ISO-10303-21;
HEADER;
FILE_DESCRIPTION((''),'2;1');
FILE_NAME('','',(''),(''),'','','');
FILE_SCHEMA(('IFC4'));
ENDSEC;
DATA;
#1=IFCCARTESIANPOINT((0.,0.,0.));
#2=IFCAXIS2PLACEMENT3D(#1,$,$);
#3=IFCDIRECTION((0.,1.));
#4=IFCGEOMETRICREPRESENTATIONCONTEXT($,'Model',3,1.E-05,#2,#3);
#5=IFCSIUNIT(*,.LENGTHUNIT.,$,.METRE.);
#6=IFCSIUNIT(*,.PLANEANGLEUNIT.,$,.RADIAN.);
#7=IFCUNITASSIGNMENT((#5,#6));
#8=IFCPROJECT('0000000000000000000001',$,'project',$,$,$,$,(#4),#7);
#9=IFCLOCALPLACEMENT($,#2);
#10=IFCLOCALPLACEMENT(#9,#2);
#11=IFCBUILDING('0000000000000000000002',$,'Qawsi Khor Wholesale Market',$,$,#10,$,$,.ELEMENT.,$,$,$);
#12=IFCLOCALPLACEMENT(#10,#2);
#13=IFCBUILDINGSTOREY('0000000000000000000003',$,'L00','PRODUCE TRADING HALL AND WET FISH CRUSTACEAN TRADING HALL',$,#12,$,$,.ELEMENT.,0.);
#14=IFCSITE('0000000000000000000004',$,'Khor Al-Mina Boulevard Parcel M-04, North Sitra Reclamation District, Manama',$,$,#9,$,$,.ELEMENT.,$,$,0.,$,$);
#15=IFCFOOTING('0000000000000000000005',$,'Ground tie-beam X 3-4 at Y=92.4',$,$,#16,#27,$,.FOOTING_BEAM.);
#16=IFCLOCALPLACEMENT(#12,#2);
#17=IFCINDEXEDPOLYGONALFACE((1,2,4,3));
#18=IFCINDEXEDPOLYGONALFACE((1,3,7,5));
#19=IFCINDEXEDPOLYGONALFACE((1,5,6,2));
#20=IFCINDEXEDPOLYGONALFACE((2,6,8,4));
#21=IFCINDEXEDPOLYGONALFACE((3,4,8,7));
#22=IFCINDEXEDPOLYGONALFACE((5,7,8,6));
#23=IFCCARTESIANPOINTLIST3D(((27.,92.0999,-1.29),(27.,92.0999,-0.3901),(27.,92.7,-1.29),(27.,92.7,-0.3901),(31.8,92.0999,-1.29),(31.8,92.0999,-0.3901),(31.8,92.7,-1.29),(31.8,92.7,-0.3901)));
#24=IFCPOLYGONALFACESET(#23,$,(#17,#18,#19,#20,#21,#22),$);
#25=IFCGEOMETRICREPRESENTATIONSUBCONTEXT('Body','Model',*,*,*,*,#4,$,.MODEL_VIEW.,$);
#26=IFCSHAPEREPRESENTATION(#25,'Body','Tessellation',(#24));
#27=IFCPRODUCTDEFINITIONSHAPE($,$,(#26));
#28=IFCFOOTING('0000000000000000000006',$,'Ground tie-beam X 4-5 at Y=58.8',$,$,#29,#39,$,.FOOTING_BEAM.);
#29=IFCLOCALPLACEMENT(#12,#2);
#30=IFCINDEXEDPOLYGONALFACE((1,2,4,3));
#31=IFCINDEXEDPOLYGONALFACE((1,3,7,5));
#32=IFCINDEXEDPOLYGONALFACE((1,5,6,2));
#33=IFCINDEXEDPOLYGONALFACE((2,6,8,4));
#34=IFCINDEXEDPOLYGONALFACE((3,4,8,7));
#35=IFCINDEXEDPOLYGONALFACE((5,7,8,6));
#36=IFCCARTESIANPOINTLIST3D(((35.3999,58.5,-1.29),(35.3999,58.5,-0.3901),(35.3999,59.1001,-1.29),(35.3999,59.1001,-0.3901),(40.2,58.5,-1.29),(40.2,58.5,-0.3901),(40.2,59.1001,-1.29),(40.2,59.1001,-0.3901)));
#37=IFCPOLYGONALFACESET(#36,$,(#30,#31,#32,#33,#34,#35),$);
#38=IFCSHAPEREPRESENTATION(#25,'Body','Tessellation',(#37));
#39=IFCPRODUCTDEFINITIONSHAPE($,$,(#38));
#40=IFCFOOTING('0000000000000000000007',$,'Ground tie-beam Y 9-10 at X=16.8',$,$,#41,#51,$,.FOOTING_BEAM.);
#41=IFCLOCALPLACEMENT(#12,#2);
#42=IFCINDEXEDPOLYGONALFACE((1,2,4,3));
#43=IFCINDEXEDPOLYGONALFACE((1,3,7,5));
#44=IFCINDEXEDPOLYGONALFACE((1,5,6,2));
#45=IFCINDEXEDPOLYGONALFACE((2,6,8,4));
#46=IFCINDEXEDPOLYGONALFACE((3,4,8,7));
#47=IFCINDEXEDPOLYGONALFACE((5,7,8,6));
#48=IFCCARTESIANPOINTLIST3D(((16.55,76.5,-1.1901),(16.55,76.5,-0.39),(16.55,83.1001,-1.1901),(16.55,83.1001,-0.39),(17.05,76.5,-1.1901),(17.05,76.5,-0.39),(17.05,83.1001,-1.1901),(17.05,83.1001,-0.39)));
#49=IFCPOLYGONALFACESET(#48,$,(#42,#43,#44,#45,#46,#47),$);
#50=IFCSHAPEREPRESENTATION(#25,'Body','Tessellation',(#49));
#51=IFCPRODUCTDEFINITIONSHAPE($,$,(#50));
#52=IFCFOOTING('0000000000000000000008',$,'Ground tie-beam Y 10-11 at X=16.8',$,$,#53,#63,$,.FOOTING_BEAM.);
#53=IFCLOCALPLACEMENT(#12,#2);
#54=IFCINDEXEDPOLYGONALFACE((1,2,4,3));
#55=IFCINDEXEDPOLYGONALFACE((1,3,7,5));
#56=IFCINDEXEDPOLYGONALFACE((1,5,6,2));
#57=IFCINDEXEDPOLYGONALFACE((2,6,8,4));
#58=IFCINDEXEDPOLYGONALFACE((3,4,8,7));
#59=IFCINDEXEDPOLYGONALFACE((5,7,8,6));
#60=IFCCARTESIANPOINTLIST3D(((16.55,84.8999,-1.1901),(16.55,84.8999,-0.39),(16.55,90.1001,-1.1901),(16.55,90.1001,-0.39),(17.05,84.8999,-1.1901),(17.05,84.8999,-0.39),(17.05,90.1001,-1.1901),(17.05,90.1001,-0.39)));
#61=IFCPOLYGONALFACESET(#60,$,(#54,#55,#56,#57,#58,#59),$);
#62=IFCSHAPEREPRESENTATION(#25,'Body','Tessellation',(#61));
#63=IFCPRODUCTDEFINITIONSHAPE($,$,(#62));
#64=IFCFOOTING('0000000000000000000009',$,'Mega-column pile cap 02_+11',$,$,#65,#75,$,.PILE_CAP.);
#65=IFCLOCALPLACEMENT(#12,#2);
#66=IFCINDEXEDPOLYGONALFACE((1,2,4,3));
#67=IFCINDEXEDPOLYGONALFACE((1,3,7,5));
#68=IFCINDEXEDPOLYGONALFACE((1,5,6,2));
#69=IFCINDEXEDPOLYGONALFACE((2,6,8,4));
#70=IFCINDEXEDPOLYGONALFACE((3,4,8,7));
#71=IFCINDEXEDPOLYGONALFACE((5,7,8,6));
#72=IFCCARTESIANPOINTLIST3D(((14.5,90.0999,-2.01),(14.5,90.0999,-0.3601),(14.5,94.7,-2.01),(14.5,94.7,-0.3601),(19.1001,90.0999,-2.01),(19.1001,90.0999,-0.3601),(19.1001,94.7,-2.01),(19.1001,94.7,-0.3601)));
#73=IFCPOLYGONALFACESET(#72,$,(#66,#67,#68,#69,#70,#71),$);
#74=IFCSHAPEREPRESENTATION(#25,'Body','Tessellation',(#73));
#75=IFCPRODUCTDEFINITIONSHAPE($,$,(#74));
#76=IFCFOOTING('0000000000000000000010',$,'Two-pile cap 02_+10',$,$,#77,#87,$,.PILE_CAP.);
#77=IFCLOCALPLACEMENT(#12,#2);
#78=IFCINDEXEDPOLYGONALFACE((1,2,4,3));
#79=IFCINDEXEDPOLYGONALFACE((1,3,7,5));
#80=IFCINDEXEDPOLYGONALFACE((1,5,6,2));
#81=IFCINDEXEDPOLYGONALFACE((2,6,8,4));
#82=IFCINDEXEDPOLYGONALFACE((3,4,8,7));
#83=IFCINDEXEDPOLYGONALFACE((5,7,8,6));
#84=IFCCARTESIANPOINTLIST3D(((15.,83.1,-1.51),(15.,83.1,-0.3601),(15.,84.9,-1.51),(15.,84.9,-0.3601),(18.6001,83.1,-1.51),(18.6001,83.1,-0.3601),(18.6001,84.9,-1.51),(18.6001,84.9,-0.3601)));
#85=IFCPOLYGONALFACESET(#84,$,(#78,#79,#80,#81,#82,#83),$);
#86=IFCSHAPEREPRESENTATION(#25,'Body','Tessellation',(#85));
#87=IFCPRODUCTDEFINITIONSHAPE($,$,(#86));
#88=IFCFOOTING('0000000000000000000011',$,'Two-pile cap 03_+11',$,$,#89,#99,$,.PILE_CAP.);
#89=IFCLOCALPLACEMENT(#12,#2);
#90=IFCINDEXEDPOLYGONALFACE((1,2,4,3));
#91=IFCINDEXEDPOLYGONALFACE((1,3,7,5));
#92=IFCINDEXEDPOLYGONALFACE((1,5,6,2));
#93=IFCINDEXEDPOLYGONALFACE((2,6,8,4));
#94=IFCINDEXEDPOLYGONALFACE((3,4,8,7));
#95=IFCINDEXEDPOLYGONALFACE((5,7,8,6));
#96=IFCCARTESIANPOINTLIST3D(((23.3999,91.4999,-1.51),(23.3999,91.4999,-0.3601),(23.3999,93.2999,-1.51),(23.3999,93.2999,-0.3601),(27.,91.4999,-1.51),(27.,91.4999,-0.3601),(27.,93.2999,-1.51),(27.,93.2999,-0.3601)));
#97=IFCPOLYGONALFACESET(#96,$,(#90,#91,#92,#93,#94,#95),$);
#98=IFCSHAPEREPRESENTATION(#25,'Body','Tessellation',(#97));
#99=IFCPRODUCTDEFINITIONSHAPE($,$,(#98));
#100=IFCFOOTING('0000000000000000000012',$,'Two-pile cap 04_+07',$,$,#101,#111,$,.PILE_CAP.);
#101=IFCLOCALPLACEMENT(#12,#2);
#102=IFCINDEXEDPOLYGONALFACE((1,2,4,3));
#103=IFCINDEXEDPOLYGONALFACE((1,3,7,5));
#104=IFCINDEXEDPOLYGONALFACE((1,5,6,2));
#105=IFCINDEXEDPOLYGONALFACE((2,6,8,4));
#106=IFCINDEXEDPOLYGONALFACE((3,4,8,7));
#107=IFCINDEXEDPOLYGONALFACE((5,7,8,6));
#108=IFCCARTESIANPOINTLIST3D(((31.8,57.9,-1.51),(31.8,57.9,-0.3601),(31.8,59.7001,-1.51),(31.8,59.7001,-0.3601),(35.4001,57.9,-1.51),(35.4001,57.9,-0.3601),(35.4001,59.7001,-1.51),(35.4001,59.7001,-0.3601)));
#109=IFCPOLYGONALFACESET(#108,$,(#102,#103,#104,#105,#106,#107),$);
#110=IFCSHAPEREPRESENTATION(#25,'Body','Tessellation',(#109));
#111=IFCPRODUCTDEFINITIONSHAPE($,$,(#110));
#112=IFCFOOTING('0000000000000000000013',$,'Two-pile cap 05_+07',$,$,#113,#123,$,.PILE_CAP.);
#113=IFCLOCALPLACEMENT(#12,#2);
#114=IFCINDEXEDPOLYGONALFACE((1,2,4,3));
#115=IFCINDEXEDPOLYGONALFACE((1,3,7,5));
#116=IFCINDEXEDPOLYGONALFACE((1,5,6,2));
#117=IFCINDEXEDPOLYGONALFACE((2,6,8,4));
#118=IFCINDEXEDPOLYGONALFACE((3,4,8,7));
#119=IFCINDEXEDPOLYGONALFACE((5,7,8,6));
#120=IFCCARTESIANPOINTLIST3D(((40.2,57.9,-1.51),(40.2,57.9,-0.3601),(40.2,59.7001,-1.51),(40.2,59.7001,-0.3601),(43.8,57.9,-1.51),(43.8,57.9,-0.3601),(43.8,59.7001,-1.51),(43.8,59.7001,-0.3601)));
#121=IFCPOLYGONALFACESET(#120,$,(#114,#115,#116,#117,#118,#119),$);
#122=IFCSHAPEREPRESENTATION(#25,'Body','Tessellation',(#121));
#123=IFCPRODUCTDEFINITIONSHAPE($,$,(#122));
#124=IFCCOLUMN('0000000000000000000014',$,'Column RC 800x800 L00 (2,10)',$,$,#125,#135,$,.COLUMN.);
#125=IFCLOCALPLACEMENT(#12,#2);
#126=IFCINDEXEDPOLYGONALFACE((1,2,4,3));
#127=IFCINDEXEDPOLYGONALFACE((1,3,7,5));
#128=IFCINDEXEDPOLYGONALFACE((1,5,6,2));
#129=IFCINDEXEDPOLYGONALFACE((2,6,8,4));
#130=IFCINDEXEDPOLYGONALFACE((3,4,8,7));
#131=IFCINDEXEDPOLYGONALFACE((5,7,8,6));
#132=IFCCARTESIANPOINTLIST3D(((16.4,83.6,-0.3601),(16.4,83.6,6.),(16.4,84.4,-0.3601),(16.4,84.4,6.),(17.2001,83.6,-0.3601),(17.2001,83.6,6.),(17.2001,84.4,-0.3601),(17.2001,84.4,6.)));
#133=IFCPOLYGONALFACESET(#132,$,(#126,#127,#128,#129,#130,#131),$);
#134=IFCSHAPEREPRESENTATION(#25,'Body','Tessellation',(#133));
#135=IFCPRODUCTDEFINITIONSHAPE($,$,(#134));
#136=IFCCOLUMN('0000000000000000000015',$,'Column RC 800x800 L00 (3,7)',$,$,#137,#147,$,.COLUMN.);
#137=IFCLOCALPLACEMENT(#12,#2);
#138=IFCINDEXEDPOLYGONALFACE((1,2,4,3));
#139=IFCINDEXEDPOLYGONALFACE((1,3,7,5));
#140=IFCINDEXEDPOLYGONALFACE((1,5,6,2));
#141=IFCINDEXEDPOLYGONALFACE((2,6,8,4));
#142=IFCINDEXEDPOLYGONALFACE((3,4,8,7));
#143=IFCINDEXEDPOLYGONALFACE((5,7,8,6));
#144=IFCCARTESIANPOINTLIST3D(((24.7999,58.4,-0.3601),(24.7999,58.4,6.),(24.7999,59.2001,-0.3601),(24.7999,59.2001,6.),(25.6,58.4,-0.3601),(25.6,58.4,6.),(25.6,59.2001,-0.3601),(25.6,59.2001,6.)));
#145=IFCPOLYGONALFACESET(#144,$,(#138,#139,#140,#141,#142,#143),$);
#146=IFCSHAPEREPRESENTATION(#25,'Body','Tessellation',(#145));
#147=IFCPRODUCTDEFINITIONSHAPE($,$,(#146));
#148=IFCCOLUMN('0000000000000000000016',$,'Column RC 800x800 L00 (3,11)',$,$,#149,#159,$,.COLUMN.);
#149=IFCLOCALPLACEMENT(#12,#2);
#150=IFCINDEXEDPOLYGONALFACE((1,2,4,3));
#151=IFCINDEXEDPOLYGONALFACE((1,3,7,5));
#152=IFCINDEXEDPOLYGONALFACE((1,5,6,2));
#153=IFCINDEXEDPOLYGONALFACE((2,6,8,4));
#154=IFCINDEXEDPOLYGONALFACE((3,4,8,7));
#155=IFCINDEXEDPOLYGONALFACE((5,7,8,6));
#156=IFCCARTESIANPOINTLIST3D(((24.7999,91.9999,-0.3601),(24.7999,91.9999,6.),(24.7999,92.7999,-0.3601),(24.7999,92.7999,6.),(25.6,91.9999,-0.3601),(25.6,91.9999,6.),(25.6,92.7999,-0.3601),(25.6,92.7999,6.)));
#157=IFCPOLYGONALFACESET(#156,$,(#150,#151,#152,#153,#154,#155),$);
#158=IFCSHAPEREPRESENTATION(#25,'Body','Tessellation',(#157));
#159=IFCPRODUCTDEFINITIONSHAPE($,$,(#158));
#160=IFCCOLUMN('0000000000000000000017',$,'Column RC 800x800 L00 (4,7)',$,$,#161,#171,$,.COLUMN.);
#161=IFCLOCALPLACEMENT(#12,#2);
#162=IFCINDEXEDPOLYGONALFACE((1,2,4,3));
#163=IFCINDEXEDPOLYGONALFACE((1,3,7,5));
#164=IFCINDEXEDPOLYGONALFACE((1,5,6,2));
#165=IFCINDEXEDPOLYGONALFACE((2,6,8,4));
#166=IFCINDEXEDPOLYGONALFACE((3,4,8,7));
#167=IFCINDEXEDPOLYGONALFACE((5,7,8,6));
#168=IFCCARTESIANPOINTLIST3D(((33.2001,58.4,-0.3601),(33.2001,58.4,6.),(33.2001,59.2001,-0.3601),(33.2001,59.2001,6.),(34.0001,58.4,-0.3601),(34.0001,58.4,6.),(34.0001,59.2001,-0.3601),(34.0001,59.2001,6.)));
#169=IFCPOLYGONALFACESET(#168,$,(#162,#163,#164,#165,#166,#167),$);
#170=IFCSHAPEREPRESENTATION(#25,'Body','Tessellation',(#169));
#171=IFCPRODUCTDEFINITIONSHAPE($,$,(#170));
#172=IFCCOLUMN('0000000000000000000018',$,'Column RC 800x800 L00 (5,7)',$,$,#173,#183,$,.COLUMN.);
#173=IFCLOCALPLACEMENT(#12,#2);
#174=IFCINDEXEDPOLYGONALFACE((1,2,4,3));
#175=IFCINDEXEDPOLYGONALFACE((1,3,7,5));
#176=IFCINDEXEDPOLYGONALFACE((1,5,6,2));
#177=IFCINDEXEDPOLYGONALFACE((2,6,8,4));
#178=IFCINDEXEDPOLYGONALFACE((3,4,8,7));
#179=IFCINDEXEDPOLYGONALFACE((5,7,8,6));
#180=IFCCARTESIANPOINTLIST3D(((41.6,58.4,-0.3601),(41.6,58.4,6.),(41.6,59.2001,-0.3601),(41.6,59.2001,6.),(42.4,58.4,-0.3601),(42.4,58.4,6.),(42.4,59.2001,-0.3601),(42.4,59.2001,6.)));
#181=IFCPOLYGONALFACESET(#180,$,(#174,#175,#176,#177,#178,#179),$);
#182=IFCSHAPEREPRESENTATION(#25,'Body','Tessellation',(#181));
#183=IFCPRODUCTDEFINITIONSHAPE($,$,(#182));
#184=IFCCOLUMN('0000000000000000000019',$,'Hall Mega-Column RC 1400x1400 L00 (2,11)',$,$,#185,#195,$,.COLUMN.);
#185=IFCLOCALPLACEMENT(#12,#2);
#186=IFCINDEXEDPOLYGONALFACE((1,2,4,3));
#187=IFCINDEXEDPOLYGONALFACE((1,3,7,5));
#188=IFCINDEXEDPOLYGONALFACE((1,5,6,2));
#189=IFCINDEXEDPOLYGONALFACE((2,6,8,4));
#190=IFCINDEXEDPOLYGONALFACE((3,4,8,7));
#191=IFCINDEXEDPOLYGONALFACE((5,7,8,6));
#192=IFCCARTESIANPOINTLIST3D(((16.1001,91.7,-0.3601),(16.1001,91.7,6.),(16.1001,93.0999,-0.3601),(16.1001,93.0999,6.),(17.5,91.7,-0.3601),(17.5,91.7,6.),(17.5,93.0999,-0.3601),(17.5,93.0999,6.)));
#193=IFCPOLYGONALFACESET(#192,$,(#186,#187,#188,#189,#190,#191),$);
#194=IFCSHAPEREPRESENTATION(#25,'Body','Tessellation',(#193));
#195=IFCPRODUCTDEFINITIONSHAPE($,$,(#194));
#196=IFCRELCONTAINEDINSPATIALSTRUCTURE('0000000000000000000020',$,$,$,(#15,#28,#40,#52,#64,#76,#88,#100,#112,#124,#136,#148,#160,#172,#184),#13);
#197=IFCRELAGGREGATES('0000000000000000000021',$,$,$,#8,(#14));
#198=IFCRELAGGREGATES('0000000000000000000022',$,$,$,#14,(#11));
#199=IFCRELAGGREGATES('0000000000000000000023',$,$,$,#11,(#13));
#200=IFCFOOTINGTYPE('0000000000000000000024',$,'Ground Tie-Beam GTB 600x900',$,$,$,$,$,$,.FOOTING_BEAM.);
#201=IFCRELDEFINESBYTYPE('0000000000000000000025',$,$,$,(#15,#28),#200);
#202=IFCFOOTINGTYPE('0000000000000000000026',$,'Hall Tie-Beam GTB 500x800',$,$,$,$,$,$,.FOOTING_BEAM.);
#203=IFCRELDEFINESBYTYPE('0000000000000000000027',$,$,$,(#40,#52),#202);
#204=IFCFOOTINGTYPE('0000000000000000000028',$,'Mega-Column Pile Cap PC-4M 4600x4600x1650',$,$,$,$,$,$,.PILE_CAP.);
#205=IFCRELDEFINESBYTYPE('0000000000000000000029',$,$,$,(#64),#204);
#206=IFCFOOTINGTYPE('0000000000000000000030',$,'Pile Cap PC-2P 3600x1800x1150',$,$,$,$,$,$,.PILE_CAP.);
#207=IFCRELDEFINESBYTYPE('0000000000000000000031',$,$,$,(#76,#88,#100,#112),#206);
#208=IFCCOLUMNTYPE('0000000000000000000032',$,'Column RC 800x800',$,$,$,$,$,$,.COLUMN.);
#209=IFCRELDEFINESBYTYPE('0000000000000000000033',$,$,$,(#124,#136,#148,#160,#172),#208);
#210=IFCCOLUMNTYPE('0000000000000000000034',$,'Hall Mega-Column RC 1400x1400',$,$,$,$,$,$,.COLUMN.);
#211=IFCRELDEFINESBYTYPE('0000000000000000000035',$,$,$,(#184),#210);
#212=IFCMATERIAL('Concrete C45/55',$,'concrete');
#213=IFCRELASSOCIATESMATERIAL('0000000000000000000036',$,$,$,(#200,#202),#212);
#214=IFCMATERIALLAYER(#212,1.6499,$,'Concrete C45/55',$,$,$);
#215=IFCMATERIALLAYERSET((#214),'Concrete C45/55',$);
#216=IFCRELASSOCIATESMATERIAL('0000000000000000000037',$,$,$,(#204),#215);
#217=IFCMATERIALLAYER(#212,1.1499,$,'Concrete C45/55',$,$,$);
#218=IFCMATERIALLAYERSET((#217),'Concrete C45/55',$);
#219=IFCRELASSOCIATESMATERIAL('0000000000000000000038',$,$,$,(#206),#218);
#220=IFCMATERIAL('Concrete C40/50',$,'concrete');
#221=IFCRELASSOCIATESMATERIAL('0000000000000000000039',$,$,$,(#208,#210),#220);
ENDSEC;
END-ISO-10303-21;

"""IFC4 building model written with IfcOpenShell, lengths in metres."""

from ifc_helpers import new_model, si_unit, direction, frame, origin, origin_2d, place, context, subcontext, project, spatial, rectangle, extrude, material, layer, layer_set, material_profile, profile_set, type_object, element, save


model = new_model("IFC4")

# Units and contexts
model_context = context("Model", 3, precision=1e-05, world=origin(), true_north=direction((0.0, 1.0)))
body_context = subcontext(model_context, "Body", "Model", "MODEL_VIEW")
ifc_project = project(units=[si_unit("LENGTHUNIT", "METRE"), si_unit("PLANEANGLEUNIT", "RADIAN")], contexts=[model_context])

# Site, building, storey
site_placement = place(None, origin())
site = spatial("IfcSite", under=ifc_project, at=site_placement, Name="Khor Al-Mina Boulevard Parcel M-04, North Sitra Reclamation District, Manama", CompositionType="ELEMENT", RefElevation=0.0)
building_placement = place(site_placement, origin())
building = spatial("IfcBuilding", under=site, at=building_placement, Name="Qawsi Khor Wholesale Market", CompositionType="ELEMENT")
storey_placement = place(building_placement, origin())
storey = spatial("IfcBuildingStorey", under=building, at=storey_placement, Name="L00", Description="PRODUCE TRADING HALL AND WET FISH CRUSTACEAN TRADING HALL", CompositionType="ELEMENT", Elevation=0.0)

# Shared definitions
ifc_material_1 = material(Name="Concrete C45/55", Category="concrete")

# Footings
ifc_material_profile_1 = material_profile(ifc_material_1, rectangle(XDim=0.6001, YDim=0.8999, at=origin_2d()), Name="RC 600x900")
ifc_profile_set_1 = profile_set([ifc_material_profile_1], Name="Concrete C45/55")
footing_type_1 = type_object("IfcFootingType", Name="Ground Tie-Beam GTB 600x900", PredefinedType="FOOTING_BEAM", material=ifc_profile_set_1)
for number, where, z_axis, x_axis, name in (
    (1, (27.0, 92.3999, -0.8401), (1.0, 0.0, 0.0), (0.0, 1.0, 0.0), "Ground tie-beam X 3-4 at Y=92.4"),
    (2, (35.3999, 58.8, -0.8401), (1.0, 0.0, 0.0), (0.0, 1.0, 0.0), "Ground tie-beam X 4-5 at Y=58.8"),
):
    element("IfcFooting", number, at=place(storey_placement, frame(where, z_axis=z_axis, x_axis=x_axis)), inside=storey, type_object=footing_type_1, Name=name, PredefinedType="FOOTING_BEAM", context=body_context, shape_type="SweptSolid", body=[
        extrude(rectangle(XDim=0.6001, YDim=0.8999, at=origin_2d()), origin(), (0.0, 0.0, 1.0), 4.8),
    ])
ifc_material_profile_2 = material_profile(ifc_material_1, rectangle(XDim=0.5, YDim=0.8, at=origin_2d()), Name="RC 500x800")
ifc_profile_set_2 = profile_set([ifc_material_profile_2], Name="Concrete C45/55")
footing_type_2 = type_object("IfcFootingType", Name="Hall Tie-Beam GTB 500x800", PredefinedType="FOOTING_BEAM", material=ifc_profile_set_2)
footing_1_placement = place(storey_placement, frame((16.8, 76.5, -0.79), z_axis=(0.0, 1.0, 0.0), x_axis=(-1.0, 0.0, 0.0)))
element("IfcFooting", 3, at=footing_1_placement, inside=storey, type_object=footing_type_2, Name="Ground tie-beam Y 9-10 at X=16.8", PredefinedType="FOOTING_BEAM", context=body_context, shape_type="SweptSolid", body=[
    extrude(rectangle(XDim=0.5, YDim=0.8, at=origin_2d()), origin(), (0.0, 0.0, 1.0), 6.6001),
])
footing_2_placement = place(storey_placement, frame((16.8, 84.8999, -0.79), z_axis=(0.0, 1.0, 0.0), x_axis=(-1.0, 0.0, 0.0)))
element("IfcFooting", 4, at=footing_2_placement, inside=storey, type_object=footing_type_2, Name="Ground tie-beam Y 10-11 at X=16.8", PredefinedType="FOOTING_BEAM", context=body_context, shape_type="SweptSolid", body=[
    extrude(rectangle(XDim=0.5, YDim=0.8, at=origin_2d()), origin(), (0.0, 0.0, 1.0), 5.2002),
])
ifc_layer_1 = layer(ifc_material_1, 1.6499, Name="Concrete C45/55")
ifc_layer_set_1 = layer_set([ifc_layer_1], Name="Concrete C45/55")
footing_type_3 = type_object("IfcFootingType", Name="Mega-Column Pile Cap PC-4M 4600x4600x1650", PredefinedType="PILE_CAP", material=ifc_layer_set_1)
footing_3_placement = place(storey_placement, frame((16.8, 92.3999, -2.01), z_axis=(0.0, 0.0, 1.0), x_axis=(1.0, 0.0, 0.0)))
element("IfcFooting", 5, at=footing_3_placement, inside=storey, type_object=footing_type_3, Name="Mega-column pile cap 02_+11", PredefinedType="PILE_CAP", context=body_context, shape_type="SweptSolid", body=[
    extrude(rectangle(XDim=4.6001, YDim=4.6001, at=origin_2d()), origin(), (0.0, 0.0, 1.0), 1.6499),
])
ifc_layer_2 = layer(ifc_material_1, 1.1499, Name="Concrete C45/55")
ifc_layer_set_2 = layer_set([ifc_layer_2], Name="Concrete C45/55")
footing_type_4 = type_object("IfcFootingType", Name="Pile Cap PC-2P 3600x1800x1150", PredefinedType="PILE_CAP", material=ifc_layer_set_2)
for number, where, z_axis, x_axis, name in (
    (6, (16.8, 84.0, -1.51), (0.0, 0.0, 1.0), (1.0, 0.0, 0.0), "Two-pile cap 02_+10"),
    (7, (25.2, 92.3999, -1.51), (0.0, 0.0, 1.0), (1.0, 0.0, 0.0), "Two-pile cap 03_+11"),
    (8, (33.6001, 58.8, -1.51), (0.0, 0.0, 1.0), (1.0, 0.0, 0.0), "Two-pile cap 04_+07"),
    (9, (42.0, 58.8, -1.51), (0.0, 0.0, 1.0), (1.0, 0.0, 0.0), "Two-pile cap 05_+07"),
):
    element("IfcFooting", number, at=place(storey_placement, frame(where, z_axis=z_axis, x_axis=x_axis)), inside=storey, type_object=footing_type_4, Name=name, PredefinedType="PILE_CAP", context=body_context, shape_type="SweptSolid", body=[
        extrude(rectangle(XDim=3.6001, YDim=1.8, at=origin_2d()), origin(), (0.0, 0.0, 1.0), 1.1499),
    ])

# Columns
ifc_material_2 = material(Name="Concrete C40/50", Category="concrete")
ifc_material_profile_3 = material_profile(ifc_material_2, rectangle(XDim=0.8, YDim=0.8, at=origin_2d()), Name="RC 800x800")
ifc_profile_set_3 = profile_set([ifc_material_profile_3], Name="Concrete C40/50")
column_type_1 = type_object("IfcColumnType", Name="Column RC 800x800", PredefinedType="COLUMN", material=ifc_profile_set_3)
for number, where, z_axis, x_axis, name in (
    (10, (16.8, 84.0, -0.3601), (0.0, 0.0, 1.0), (1.0, 0.0, 0.0), "Column RC 800x800 L00 (2,10)"),
    (11, (25.2, 58.8, -0.3601), (0.0, 0.0, 1.0), (1.0, 0.0, 0.0), "Column RC 800x800 L00 (3,7)"),
    (12, (25.2, 92.3999, -0.3601), (0.0, 0.0, 1.0), (1.0, 0.0, 0.0), "Column RC 800x800 L00 (3,11)"),
    (13, (33.6001, 58.8, -0.3601), (0.0, 0.0, 1.0), (1.0, 0.0, 0.0), "Column RC 800x800 L00 (4,7)"),
    (14, (42.0, 58.8, -0.3601), (0.0, 0.0, 1.0), (1.0, 0.0, 0.0), "Column RC 800x800 L00 (5,7)"),
):
    element("IfcColumn", number, at=place(storey_placement, frame(where, z_axis=z_axis, x_axis=x_axis)), inside=storey, type_object=column_type_1, Name=name, PredefinedType="COLUMN", context=body_context, shape_type="SweptSolid", body=[
        extrude(rectangle(XDim=0.8, YDim=0.8, at=origin_2d()), origin(), (0.0, 0.0, 1.0), 6.3601),
    ])
ifc_material_profile_4 = material_profile(ifc_material_2, rectangle(XDim=1.3999, YDim=1.3999, at=origin_2d()), Name="RC 1400x1400")
ifc_profile_set_4 = profile_set([ifc_material_profile_4], Name="Concrete C40/50")
column_type_2 = type_object("IfcColumnType", Name="Hall Mega-Column RC 1400x1400", PredefinedType="COLUMN", material=ifc_profile_set_4)
column_placement = place(storey_placement, frame((16.8, 92.3999, -0.3601), z_axis=(0.0, 0.0, 1.0), x_axis=(1.0, 0.0, 0.0)))
element("IfcColumn", 15, at=column_placement, inside=storey, type_object=column_type_2, Name="Hall Mega-Column RC 1400x1400 L00 (2,11)", PredefinedType="COLUMN", context=body_context, shape_type="SweptSolid", body=[
    extrude(rectangle(XDim=1.3999, YDim=1.3999, at=origin_2d()), origin(), (0.0, 0.0, 1.0), 6.3601),
])

save(model, "model.ifc")
